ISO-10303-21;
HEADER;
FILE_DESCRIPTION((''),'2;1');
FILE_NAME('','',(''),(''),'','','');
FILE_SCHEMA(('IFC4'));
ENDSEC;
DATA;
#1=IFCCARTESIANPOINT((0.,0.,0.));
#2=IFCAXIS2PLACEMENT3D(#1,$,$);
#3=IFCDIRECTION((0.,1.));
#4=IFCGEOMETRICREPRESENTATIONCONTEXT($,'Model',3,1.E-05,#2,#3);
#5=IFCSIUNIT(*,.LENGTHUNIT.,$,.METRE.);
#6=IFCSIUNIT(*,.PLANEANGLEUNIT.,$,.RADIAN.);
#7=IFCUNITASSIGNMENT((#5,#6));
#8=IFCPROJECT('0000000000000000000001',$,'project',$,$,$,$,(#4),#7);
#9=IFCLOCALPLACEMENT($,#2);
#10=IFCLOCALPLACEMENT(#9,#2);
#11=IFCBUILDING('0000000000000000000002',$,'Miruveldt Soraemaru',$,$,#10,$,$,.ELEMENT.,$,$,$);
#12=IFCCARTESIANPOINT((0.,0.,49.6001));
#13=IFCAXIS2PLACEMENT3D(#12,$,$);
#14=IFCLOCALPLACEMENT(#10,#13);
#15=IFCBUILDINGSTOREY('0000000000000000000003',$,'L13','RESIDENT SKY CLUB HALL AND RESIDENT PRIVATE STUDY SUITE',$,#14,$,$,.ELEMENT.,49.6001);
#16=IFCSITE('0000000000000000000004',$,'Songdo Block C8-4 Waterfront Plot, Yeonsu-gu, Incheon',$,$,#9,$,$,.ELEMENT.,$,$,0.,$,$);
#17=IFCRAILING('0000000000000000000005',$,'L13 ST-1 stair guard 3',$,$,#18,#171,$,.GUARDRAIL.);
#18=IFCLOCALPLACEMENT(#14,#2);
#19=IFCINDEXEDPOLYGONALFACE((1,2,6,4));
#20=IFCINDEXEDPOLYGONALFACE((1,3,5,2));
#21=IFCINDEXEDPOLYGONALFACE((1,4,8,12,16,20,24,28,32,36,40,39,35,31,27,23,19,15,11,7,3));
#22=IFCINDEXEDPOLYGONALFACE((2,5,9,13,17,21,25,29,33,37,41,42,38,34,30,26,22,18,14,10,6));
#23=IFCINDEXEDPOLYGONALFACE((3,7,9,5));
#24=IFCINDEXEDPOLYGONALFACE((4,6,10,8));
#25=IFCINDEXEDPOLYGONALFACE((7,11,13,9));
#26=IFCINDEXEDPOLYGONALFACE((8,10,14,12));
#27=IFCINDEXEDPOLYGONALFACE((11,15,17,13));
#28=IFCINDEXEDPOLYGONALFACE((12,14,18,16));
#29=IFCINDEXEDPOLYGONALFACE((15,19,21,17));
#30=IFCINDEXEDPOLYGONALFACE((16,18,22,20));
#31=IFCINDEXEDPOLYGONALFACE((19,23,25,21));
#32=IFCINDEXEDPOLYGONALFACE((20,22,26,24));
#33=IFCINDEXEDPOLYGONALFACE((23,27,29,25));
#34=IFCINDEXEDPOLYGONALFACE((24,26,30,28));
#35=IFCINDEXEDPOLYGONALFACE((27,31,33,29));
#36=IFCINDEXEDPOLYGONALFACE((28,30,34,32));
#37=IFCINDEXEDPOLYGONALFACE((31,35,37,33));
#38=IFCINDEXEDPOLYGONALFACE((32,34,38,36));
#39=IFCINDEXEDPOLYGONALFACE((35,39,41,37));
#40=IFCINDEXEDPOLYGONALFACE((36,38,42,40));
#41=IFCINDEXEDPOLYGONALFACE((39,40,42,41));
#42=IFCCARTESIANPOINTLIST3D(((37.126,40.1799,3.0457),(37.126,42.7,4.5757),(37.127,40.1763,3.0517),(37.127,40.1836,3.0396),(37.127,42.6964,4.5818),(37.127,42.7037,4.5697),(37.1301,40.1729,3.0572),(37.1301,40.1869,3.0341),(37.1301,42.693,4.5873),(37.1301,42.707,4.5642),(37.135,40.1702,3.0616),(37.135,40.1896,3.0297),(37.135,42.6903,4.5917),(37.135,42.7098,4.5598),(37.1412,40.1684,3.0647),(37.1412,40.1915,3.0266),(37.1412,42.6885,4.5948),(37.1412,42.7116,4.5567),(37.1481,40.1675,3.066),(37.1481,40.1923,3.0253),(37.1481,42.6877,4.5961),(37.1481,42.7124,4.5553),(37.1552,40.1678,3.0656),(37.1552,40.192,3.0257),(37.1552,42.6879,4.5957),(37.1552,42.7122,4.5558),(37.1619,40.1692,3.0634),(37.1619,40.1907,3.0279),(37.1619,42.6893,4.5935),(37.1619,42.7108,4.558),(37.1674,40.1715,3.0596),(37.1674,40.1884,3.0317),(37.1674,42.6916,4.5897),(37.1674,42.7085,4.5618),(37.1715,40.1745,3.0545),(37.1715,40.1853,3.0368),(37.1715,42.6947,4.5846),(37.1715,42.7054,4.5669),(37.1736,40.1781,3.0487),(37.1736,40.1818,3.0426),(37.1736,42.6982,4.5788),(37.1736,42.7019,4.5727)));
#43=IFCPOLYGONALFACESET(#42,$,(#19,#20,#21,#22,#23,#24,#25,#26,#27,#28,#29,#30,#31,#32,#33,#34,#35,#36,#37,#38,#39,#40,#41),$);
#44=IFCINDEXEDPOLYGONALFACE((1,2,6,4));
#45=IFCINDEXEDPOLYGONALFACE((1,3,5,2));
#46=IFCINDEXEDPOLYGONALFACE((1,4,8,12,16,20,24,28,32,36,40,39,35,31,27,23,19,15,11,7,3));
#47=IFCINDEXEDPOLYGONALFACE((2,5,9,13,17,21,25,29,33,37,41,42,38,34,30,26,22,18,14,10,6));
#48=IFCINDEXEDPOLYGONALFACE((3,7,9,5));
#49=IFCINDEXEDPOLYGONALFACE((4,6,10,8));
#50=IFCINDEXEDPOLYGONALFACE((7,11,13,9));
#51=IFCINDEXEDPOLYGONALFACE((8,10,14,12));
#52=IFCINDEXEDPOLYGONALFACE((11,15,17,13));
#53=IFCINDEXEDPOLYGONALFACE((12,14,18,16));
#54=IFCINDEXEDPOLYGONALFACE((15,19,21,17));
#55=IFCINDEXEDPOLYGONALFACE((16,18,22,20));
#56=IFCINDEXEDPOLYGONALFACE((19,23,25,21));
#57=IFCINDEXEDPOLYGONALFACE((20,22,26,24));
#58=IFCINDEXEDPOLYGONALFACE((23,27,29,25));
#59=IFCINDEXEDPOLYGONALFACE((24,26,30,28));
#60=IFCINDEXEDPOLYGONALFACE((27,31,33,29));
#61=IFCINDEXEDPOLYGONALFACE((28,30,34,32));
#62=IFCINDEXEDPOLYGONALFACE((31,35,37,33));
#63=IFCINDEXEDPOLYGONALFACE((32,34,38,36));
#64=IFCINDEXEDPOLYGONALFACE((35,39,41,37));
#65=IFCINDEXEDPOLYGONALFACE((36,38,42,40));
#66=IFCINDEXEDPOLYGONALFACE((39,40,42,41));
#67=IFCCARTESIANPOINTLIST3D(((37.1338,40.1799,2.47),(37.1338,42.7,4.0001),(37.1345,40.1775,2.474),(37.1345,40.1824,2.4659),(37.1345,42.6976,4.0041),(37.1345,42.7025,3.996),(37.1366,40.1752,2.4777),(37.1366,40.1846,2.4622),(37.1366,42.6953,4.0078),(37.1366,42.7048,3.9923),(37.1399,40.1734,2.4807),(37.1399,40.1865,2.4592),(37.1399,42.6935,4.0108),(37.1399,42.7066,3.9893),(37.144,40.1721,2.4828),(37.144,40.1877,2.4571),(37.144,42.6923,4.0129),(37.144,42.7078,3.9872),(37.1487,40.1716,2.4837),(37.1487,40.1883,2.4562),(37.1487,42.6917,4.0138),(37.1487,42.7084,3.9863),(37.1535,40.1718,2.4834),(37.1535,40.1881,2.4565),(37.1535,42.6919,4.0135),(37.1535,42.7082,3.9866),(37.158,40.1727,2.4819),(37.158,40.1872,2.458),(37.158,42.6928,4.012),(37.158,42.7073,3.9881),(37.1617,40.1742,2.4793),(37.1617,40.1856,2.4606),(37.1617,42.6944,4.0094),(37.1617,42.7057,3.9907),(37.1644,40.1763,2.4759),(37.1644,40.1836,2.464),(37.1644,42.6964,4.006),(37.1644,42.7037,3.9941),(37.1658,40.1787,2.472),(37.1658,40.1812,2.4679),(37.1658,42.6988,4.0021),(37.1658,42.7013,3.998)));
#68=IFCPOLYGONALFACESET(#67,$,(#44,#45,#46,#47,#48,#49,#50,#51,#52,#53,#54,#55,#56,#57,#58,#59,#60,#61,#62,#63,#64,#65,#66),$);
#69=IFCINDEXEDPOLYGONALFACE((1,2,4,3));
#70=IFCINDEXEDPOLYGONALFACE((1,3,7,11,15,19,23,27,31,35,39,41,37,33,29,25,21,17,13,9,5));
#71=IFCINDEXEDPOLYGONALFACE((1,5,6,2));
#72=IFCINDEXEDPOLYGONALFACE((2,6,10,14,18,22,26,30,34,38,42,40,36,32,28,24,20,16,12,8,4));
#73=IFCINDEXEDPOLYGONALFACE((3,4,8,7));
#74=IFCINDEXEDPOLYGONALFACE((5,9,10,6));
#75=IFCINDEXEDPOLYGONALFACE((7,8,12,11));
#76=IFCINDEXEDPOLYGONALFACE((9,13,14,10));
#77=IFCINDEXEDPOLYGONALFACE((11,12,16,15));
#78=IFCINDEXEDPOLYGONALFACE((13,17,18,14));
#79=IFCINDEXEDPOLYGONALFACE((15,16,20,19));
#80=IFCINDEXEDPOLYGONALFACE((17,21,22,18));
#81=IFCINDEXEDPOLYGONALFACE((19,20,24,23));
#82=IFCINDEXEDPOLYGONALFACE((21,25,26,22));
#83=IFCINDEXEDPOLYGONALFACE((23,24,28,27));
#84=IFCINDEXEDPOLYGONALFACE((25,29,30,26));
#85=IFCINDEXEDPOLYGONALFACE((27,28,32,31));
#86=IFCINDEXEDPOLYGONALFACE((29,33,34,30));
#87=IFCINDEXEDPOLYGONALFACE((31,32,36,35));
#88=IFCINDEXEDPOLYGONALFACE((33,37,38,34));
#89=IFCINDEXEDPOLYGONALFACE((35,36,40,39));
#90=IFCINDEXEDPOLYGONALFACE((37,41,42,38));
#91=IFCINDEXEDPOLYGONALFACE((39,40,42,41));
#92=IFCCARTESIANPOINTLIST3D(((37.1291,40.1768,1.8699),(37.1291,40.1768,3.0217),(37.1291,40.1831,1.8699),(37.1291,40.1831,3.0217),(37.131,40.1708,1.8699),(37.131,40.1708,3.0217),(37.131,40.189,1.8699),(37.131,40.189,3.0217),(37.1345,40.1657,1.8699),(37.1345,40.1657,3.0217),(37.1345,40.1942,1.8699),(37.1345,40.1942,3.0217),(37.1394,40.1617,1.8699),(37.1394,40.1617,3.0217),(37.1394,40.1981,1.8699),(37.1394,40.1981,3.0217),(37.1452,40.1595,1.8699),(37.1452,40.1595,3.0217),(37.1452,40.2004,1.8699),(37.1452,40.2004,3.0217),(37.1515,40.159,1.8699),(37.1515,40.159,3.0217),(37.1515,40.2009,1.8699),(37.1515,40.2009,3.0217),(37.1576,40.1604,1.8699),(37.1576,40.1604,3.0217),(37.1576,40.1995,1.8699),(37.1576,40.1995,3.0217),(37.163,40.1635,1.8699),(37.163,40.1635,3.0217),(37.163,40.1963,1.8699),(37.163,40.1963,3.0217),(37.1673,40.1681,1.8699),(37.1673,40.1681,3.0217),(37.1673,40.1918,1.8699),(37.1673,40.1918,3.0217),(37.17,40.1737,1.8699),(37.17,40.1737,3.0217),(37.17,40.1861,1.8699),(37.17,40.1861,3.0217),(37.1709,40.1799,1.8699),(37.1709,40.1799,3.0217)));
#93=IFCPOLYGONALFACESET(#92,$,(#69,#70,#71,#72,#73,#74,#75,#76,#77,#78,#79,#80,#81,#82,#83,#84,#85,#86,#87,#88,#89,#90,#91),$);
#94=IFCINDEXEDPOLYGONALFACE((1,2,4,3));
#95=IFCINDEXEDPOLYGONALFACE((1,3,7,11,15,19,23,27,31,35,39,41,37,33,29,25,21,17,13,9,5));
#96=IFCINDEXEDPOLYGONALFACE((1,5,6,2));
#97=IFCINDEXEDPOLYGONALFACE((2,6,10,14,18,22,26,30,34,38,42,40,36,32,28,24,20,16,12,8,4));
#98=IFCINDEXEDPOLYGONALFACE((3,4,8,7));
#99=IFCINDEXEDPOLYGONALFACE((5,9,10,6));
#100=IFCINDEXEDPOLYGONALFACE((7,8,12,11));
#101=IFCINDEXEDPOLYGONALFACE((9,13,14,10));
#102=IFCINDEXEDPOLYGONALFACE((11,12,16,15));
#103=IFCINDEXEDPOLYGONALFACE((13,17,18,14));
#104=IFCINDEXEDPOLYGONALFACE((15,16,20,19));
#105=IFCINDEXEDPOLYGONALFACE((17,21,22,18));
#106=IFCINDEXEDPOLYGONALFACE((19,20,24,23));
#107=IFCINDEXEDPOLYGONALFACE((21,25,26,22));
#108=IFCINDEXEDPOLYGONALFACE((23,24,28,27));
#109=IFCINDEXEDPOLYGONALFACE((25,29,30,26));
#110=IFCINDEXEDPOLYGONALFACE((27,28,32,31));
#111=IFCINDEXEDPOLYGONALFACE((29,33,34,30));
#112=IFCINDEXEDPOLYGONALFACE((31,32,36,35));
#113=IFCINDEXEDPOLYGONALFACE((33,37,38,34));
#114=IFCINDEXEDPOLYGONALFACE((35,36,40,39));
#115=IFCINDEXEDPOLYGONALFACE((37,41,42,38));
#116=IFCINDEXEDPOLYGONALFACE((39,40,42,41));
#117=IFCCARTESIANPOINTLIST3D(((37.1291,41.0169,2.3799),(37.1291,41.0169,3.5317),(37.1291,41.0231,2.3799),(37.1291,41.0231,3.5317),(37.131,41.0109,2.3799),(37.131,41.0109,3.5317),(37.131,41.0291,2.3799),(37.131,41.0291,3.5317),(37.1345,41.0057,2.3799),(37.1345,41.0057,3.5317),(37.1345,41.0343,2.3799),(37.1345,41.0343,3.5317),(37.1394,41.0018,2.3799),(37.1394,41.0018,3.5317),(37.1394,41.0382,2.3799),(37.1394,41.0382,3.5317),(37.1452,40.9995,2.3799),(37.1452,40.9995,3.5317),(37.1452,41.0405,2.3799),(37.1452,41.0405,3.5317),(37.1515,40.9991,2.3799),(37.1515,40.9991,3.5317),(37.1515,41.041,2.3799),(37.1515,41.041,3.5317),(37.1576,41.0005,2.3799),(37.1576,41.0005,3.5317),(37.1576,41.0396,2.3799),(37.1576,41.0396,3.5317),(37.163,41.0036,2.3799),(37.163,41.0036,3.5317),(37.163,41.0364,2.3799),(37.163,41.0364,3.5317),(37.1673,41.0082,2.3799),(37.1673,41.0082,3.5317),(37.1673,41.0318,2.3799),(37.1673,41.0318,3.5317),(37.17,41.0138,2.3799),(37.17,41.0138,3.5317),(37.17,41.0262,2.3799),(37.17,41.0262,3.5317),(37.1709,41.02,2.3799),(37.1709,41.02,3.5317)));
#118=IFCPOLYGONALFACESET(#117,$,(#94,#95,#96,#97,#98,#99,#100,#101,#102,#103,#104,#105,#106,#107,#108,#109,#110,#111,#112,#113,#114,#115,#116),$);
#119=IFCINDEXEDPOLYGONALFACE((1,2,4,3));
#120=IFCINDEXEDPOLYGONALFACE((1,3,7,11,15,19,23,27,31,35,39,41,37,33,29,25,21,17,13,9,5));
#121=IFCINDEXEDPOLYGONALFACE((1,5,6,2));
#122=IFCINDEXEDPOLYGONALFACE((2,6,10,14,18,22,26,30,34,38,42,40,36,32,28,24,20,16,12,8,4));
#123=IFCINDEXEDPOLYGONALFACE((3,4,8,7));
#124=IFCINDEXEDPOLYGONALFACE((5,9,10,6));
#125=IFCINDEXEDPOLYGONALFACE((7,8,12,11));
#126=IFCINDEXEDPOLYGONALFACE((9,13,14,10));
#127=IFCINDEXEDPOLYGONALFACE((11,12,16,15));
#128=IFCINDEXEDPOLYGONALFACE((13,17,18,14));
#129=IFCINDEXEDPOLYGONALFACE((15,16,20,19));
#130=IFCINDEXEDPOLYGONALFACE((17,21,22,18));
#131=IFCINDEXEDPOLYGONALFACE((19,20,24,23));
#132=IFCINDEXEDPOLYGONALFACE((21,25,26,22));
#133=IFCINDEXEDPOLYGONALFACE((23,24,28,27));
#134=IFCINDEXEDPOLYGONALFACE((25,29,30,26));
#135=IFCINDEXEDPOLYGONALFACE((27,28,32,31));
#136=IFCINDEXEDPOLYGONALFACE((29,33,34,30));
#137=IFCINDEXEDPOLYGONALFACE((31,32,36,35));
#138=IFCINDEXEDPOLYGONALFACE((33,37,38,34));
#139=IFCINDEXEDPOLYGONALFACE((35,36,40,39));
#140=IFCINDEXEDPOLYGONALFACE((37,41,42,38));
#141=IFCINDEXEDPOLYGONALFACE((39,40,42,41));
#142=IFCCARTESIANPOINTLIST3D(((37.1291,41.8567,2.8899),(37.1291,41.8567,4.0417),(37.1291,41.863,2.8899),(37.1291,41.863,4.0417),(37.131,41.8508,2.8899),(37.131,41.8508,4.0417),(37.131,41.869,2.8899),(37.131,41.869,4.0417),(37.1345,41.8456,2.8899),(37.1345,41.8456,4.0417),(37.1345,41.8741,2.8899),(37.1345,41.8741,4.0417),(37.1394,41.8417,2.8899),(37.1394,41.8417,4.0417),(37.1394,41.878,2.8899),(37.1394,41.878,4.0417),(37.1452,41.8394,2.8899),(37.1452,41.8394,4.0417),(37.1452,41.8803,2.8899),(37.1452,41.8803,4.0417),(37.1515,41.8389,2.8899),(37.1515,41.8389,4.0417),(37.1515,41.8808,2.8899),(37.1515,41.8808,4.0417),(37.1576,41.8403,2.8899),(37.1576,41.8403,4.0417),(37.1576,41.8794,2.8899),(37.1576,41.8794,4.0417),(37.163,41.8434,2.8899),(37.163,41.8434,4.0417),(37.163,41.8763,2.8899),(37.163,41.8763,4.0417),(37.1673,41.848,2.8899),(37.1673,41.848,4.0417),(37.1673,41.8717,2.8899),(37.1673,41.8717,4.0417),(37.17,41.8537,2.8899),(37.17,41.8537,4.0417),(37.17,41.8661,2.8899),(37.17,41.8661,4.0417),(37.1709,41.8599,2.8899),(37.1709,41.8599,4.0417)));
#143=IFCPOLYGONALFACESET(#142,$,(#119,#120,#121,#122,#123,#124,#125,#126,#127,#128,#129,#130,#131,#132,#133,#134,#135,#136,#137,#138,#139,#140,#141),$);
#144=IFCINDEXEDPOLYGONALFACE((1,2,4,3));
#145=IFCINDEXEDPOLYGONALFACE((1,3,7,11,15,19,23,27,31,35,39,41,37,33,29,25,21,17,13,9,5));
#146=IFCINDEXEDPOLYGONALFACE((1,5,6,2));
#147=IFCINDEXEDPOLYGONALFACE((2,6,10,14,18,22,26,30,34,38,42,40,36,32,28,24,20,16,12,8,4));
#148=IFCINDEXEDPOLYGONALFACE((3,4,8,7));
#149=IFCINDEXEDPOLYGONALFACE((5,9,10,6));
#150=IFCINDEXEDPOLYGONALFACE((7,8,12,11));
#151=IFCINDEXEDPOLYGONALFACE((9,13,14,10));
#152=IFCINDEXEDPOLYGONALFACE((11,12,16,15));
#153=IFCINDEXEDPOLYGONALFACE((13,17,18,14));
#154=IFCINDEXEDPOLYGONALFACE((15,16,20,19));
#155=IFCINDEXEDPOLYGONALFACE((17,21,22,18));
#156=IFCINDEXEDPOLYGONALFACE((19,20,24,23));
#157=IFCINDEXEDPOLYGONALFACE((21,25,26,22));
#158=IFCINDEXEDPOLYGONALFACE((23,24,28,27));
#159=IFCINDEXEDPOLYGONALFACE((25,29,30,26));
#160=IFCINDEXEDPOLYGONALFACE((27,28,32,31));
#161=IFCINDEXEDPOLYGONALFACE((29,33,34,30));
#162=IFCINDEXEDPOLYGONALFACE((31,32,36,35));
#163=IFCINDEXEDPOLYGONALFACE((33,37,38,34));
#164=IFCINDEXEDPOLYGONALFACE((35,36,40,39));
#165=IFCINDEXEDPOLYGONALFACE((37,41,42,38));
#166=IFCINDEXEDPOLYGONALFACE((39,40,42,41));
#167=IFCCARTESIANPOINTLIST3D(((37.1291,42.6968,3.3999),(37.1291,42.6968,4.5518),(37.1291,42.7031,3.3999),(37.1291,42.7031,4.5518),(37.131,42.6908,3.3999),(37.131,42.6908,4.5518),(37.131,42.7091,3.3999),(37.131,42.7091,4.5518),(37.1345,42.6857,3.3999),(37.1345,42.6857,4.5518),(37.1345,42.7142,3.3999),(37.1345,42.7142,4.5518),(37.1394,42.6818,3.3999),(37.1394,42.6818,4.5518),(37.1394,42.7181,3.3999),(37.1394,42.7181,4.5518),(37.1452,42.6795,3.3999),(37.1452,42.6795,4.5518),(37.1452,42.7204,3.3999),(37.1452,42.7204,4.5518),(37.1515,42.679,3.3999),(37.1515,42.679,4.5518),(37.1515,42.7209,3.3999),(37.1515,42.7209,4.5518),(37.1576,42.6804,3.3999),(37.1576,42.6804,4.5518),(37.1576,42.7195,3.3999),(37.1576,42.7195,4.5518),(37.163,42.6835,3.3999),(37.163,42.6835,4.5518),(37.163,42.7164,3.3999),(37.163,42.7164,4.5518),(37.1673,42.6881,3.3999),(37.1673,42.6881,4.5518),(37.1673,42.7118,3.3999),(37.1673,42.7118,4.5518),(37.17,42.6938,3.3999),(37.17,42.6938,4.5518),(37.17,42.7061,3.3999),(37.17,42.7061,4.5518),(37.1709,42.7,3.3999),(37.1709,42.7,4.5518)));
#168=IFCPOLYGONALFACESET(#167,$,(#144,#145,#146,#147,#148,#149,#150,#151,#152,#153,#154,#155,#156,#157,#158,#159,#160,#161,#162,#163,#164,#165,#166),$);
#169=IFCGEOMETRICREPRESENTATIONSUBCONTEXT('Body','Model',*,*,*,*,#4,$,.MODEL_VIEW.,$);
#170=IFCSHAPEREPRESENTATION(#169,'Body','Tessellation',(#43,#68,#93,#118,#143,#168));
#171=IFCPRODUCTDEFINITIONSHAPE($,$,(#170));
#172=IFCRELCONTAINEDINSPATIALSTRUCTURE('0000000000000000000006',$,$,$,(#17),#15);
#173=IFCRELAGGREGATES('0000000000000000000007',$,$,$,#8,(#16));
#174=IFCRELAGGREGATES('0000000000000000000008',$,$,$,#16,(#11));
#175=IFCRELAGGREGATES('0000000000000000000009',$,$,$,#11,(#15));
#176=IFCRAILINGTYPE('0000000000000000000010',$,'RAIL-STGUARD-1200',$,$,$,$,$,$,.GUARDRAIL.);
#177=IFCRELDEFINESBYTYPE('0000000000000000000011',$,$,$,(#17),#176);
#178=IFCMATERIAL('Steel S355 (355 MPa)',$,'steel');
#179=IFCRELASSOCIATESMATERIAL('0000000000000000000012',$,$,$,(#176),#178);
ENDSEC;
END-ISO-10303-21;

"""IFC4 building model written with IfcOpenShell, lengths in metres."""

from ifc_helpers import new_model, si_unit, direction, frame, origin, origin_2d, place, context, subcontext, project, spatial, circle, extrude, material, type_object, element, save


model = new_model("IFC4")

# Units and contexts
model_context = context("Model", 3, precision=1e-05, world=origin(), true_north=direction((0.0, 1.0)))
body_context = subcontext(model_context, "Body", "Model", "MODEL_VIEW")
ifc_project = project(units=[si_unit("LENGTHUNIT", "METRE"), si_unit("PLANEANGLEUNIT", "RADIAN")], contexts=[model_context])

# Site, building, storey
site_placement = place(None, origin())
site = spatial("IfcSite", under=ifc_project, at=site_placement, Name="Songdo Block C8-4 Waterfront Plot, Yeonsu-gu, Incheon", CompositionType="ELEMENT", RefElevation=0.0)
building_placement = place(site_placement, origin())
building = spatial("IfcBuilding", under=site, at=building_placement, Name="Miruveldt Soraemaru", CompositionType="ELEMENT")
storey_placement = place(building_placement, frame((0.0, 0.0, 49.6001)))
storey = spatial("IfcBuildingStorey", under=building, at=storey_placement, Name="L13", Description="RESIDENT SKY CLUB HALL AND RESIDENT PRIVATE STUDY SUITE", CompositionType="ELEMENT", Elevation=49.6001)

# Railing
ifc_material_1 = material(Name="Steel S355 (355 MPa)", Category="steel")
railing_type_1 = type_object("IfcRailingType", Name="RAIL-STGUARD-1200", PredefinedType="GUARDRAIL", material=ifc_material_1)
railing_1_placement = place(storey_placement, frame((37.1499, 40.1799, 1.8699)))
element("IfcRailing", 1, at=railing_1_placement, inside=storey, type_object=railing_type_1, Name="L13 ST-1 stair guard 3", PredefinedType="GUARDRAIL", context=body_context, shape_type="SweptSolid", body=[
    extrude(circle(Radius=0.0239, at=origin_2d()), frame((0.0, 0.0, 1.1758), z_axis=(0.0, 0.854785, 0.518982), x_axis=(-1.0, 0.0, 0.0)), (0.0, 0.0, 1.0), 2.9482),
    extrude(circle(Radius=0.0161, at=origin_2d()), frame((0.0, 0.0, 0.6001), z_axis=(0.0, 0.854785, 0.518982), x_axis=(-1.0, 0.0, 0.0)), (0.0, 0.0, 1.0), 2.9482),
    extrude(circle(Radius=0.021, at=origin_2d()), origin(), (0.0, 0.0, 1.0), 1.1519),
    extrude(circle(Radius=0.021, at=origin_2d()), frame((0.0, 0.8401, 0.51)), (0.0, 0.0, 1.0), 1.1519),
    extrude(circle(Radius=0.021, at=origin_2d()), frame((0.0, 1.6799, 1.02)), (0.0, 0.0, 1.0), 1.1519),
    extrude(circle(Radius=0.021, at=origin_2d()), frame((0.0, 2.52, 1.53)), (0.0, 0.0, 1.0), 1.1519),
])

save(model, "model.ifc")
